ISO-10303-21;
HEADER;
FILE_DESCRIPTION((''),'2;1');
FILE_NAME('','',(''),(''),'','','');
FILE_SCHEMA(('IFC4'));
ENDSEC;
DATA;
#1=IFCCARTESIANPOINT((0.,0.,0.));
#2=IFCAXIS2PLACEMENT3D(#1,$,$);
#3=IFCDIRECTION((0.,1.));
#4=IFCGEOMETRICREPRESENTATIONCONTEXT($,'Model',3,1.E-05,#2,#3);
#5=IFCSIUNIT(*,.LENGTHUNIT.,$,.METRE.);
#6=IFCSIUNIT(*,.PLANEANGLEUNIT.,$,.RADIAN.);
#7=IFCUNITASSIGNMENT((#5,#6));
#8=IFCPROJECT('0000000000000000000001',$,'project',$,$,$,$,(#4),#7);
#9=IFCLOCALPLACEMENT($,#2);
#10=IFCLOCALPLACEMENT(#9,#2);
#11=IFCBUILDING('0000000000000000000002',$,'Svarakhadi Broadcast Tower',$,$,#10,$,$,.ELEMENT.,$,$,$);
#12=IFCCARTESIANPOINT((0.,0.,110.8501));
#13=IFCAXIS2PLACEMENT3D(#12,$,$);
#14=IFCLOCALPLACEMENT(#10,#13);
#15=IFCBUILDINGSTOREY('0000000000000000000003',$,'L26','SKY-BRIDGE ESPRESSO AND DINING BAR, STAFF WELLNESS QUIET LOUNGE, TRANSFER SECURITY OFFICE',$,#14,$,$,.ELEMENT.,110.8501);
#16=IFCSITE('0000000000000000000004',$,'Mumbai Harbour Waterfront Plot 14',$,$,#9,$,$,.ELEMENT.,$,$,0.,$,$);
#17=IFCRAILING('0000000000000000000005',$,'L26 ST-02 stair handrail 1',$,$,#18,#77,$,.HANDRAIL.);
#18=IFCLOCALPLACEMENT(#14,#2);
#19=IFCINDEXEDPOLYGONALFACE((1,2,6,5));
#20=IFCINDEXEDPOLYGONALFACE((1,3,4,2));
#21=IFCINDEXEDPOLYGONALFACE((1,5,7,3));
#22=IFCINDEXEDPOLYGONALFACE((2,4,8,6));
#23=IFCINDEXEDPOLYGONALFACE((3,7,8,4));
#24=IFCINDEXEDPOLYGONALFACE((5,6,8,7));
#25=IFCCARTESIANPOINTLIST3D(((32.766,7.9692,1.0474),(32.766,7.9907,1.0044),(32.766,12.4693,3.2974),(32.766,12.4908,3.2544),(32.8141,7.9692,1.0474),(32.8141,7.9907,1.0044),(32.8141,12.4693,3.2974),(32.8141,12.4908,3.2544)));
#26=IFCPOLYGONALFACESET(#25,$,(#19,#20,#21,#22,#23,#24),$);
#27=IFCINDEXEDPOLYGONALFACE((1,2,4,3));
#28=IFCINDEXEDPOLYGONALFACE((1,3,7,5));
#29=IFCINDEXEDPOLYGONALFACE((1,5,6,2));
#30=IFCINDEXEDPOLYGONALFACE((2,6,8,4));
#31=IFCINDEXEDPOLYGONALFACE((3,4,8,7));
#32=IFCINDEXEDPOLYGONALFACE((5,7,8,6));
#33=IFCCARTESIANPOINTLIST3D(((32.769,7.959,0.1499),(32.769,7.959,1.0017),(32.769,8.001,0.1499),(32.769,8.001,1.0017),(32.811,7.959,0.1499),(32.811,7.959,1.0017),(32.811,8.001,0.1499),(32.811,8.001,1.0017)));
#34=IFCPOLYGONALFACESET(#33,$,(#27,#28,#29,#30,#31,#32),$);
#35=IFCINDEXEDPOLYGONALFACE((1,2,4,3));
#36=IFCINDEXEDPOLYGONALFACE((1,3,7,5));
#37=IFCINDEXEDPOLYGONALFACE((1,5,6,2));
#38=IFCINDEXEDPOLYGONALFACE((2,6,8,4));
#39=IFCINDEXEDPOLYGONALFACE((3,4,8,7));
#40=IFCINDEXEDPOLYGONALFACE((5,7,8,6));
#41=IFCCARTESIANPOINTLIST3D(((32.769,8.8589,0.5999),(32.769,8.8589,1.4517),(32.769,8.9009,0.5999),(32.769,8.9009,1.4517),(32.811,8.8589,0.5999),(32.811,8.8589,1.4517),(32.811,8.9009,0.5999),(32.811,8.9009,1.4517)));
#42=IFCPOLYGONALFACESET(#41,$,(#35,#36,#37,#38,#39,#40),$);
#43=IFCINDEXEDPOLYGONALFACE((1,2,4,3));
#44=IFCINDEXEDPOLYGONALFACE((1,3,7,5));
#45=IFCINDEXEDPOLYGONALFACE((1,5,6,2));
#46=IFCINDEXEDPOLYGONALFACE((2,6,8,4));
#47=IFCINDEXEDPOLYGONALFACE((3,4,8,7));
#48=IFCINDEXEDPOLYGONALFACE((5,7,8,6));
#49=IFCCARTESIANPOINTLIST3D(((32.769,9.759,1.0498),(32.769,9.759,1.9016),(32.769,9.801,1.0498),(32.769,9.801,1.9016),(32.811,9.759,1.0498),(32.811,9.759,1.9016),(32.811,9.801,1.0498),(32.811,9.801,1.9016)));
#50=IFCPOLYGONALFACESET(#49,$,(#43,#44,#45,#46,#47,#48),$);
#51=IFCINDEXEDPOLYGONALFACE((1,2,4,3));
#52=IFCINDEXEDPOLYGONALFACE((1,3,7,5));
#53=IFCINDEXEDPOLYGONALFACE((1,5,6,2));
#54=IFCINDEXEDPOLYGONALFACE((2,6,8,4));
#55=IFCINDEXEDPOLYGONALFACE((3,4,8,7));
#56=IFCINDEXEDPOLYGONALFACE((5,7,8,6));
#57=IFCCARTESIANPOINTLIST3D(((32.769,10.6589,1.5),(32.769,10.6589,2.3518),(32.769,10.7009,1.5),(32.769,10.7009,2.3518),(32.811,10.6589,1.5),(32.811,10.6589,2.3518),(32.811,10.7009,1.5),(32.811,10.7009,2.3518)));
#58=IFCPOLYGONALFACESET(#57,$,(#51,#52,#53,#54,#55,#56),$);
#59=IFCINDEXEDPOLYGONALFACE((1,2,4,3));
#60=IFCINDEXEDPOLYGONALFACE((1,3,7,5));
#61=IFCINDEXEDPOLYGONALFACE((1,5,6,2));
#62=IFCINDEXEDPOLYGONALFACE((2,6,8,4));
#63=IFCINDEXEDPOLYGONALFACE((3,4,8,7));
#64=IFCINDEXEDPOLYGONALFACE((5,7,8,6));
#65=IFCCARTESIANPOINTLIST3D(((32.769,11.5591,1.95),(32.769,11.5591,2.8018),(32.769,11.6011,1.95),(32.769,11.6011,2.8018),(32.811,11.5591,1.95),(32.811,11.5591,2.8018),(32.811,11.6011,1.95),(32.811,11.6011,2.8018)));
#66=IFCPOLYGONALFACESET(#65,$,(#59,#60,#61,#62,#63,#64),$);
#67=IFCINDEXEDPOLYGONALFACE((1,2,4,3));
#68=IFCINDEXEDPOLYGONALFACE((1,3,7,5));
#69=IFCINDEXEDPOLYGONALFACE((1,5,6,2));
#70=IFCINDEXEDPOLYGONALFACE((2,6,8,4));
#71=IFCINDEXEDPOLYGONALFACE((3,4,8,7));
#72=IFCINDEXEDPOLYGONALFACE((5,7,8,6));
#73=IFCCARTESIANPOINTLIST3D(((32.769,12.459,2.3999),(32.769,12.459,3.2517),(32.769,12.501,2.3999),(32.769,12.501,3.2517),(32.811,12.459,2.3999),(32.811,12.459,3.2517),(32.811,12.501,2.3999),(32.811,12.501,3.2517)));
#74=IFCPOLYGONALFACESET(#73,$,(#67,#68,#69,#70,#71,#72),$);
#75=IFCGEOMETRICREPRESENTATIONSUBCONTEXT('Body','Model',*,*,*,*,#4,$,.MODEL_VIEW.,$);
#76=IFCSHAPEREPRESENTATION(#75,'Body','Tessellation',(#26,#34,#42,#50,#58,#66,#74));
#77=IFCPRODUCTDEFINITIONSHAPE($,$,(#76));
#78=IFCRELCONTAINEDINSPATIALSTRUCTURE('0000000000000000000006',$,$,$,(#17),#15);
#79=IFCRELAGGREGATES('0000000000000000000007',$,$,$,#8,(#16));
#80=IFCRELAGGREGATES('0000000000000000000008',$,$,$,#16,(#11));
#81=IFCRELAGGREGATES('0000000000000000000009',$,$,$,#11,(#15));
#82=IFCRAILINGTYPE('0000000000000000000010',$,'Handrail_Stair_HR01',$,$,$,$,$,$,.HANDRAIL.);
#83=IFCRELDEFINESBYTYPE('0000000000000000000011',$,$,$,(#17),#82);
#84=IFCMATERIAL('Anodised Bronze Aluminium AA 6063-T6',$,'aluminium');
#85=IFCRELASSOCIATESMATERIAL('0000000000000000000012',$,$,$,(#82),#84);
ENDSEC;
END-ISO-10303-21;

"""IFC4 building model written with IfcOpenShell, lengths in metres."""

from ifc_helpers import new_model, si_unit, direction, frame, origin, origin_2d, place, context, subcontext, project, spatial, rectangle, extrude, material, type_object, element, save


model = new_model("IFC4")

# Units and contexts
model_context = context("Model", 3, precision=1e-05, world=origin(), true_north=direction((0.0, 1.0)))
body_context = subcontext(model_context, "Body", "Model", "MODEL_VIEW")
ifc_project = project(units=[si_unit("LENGTHUNIT", "METRE"), si_unit("PLANEANGLEUNIT", "RADIAN")], contexts=[model_context])

# Site, building, storey
site_placement = place(None, origin())
site = spatial("IfcSite", under=ifc_project, at=site_placement, Name="Mumbai Harbour Waterfront Plot 14", CompositionType="ELEMENT", RefElevation=0.0)
building_placement = place(site_placement, origin())
building = spatial("IfcBuilding", under=site, at=building_placement, Name="Svarakhadi Broadcast Tower", CompositionType="ELEMENT")
storey_placement = place(building_placement, frame((0.0, 0.0, 110.8501)))
storey = spatial("IfcBuildingStorey", under=building, at=storey_placement, Name="L26", Description="SKY-BRIDGE ESPRESSO AND DINING BAR, STAFF WELLNESS QUIET LOUNGE, TRANSFER SECURITY OFFICE", CompositionType="ELEMENT", Elevation=110.8501)

# Shared definitions
ifc_material_1 = material(Name="Anodised Bronze Aluminium AA 6063-T6", Category="aluminium")

# Railing
railing_type_1 = type_object("IfcRailingType", Name="Handrail_Stair_HR01", PredefinedType="HANDRAIL", material=ifc_material_1)
railing_1_placement = place(storey_placement, frame((32.79, 7.98, 0.1499)))
element("IfcRailing", 1, at=railing_1_placement, inside=storey, type_object=railing_type_1, Name="L26 ST-02 stair handrail 1", PredefinedType="HANDRAIL", context=body_context, shape_type="SweptSolid", body=[
    extrude(rectangle(XDim=0.0481, YDim=0.0481, at=origin_2d()), frame((0.0, 0.0, 0.876), z_axis=(0.0, 0.894427, 0.447214), x_axis=(-1.0, 0.0, 0.0)), (0.0, 0.0, 1.0), 5.0312),
    extrude(rectangle(XDim=0.042, YDim=0.042, at=origin_2d()), origin(), (0.0, 0.0, 1.0), 0.8518),
    extrude(rectangle(XDim=0.042, YDim=0.042, at=origin_2d()), frame((0.0, 0.8999, 0.45)), (0.0, 0.0, 1.0), 0.8518),
    extrude(rectangle(XDim=0.042, YDim=0.042, at=origin_2d()), frame((0.0, 1.8, 0.8999)), (0.0, 0.0, 1.0), 0.8518),
    extrude(rectangle(XDim=0.042, YDim=0.042, at=origin_2d()), frame((0.0, 2.7, 1.3501)), (0.0, 0.0, 1.0), 0.8518),
    extrude(rectangle(XDim=0.042, YDim=0.042, at=origin_2d()), frame((0.0, 3.6001, 1.8)), (0.0, 0.0, 1.0), 0.8518),
    extrude(rectangle(XDim=0.042, YDim=0.042, at=origin_2d()), frame((0.0, 4.5, 2.25)), (0.0, 0.0, 1.0), 0.8518),
])

save(model, "model.ifc")
